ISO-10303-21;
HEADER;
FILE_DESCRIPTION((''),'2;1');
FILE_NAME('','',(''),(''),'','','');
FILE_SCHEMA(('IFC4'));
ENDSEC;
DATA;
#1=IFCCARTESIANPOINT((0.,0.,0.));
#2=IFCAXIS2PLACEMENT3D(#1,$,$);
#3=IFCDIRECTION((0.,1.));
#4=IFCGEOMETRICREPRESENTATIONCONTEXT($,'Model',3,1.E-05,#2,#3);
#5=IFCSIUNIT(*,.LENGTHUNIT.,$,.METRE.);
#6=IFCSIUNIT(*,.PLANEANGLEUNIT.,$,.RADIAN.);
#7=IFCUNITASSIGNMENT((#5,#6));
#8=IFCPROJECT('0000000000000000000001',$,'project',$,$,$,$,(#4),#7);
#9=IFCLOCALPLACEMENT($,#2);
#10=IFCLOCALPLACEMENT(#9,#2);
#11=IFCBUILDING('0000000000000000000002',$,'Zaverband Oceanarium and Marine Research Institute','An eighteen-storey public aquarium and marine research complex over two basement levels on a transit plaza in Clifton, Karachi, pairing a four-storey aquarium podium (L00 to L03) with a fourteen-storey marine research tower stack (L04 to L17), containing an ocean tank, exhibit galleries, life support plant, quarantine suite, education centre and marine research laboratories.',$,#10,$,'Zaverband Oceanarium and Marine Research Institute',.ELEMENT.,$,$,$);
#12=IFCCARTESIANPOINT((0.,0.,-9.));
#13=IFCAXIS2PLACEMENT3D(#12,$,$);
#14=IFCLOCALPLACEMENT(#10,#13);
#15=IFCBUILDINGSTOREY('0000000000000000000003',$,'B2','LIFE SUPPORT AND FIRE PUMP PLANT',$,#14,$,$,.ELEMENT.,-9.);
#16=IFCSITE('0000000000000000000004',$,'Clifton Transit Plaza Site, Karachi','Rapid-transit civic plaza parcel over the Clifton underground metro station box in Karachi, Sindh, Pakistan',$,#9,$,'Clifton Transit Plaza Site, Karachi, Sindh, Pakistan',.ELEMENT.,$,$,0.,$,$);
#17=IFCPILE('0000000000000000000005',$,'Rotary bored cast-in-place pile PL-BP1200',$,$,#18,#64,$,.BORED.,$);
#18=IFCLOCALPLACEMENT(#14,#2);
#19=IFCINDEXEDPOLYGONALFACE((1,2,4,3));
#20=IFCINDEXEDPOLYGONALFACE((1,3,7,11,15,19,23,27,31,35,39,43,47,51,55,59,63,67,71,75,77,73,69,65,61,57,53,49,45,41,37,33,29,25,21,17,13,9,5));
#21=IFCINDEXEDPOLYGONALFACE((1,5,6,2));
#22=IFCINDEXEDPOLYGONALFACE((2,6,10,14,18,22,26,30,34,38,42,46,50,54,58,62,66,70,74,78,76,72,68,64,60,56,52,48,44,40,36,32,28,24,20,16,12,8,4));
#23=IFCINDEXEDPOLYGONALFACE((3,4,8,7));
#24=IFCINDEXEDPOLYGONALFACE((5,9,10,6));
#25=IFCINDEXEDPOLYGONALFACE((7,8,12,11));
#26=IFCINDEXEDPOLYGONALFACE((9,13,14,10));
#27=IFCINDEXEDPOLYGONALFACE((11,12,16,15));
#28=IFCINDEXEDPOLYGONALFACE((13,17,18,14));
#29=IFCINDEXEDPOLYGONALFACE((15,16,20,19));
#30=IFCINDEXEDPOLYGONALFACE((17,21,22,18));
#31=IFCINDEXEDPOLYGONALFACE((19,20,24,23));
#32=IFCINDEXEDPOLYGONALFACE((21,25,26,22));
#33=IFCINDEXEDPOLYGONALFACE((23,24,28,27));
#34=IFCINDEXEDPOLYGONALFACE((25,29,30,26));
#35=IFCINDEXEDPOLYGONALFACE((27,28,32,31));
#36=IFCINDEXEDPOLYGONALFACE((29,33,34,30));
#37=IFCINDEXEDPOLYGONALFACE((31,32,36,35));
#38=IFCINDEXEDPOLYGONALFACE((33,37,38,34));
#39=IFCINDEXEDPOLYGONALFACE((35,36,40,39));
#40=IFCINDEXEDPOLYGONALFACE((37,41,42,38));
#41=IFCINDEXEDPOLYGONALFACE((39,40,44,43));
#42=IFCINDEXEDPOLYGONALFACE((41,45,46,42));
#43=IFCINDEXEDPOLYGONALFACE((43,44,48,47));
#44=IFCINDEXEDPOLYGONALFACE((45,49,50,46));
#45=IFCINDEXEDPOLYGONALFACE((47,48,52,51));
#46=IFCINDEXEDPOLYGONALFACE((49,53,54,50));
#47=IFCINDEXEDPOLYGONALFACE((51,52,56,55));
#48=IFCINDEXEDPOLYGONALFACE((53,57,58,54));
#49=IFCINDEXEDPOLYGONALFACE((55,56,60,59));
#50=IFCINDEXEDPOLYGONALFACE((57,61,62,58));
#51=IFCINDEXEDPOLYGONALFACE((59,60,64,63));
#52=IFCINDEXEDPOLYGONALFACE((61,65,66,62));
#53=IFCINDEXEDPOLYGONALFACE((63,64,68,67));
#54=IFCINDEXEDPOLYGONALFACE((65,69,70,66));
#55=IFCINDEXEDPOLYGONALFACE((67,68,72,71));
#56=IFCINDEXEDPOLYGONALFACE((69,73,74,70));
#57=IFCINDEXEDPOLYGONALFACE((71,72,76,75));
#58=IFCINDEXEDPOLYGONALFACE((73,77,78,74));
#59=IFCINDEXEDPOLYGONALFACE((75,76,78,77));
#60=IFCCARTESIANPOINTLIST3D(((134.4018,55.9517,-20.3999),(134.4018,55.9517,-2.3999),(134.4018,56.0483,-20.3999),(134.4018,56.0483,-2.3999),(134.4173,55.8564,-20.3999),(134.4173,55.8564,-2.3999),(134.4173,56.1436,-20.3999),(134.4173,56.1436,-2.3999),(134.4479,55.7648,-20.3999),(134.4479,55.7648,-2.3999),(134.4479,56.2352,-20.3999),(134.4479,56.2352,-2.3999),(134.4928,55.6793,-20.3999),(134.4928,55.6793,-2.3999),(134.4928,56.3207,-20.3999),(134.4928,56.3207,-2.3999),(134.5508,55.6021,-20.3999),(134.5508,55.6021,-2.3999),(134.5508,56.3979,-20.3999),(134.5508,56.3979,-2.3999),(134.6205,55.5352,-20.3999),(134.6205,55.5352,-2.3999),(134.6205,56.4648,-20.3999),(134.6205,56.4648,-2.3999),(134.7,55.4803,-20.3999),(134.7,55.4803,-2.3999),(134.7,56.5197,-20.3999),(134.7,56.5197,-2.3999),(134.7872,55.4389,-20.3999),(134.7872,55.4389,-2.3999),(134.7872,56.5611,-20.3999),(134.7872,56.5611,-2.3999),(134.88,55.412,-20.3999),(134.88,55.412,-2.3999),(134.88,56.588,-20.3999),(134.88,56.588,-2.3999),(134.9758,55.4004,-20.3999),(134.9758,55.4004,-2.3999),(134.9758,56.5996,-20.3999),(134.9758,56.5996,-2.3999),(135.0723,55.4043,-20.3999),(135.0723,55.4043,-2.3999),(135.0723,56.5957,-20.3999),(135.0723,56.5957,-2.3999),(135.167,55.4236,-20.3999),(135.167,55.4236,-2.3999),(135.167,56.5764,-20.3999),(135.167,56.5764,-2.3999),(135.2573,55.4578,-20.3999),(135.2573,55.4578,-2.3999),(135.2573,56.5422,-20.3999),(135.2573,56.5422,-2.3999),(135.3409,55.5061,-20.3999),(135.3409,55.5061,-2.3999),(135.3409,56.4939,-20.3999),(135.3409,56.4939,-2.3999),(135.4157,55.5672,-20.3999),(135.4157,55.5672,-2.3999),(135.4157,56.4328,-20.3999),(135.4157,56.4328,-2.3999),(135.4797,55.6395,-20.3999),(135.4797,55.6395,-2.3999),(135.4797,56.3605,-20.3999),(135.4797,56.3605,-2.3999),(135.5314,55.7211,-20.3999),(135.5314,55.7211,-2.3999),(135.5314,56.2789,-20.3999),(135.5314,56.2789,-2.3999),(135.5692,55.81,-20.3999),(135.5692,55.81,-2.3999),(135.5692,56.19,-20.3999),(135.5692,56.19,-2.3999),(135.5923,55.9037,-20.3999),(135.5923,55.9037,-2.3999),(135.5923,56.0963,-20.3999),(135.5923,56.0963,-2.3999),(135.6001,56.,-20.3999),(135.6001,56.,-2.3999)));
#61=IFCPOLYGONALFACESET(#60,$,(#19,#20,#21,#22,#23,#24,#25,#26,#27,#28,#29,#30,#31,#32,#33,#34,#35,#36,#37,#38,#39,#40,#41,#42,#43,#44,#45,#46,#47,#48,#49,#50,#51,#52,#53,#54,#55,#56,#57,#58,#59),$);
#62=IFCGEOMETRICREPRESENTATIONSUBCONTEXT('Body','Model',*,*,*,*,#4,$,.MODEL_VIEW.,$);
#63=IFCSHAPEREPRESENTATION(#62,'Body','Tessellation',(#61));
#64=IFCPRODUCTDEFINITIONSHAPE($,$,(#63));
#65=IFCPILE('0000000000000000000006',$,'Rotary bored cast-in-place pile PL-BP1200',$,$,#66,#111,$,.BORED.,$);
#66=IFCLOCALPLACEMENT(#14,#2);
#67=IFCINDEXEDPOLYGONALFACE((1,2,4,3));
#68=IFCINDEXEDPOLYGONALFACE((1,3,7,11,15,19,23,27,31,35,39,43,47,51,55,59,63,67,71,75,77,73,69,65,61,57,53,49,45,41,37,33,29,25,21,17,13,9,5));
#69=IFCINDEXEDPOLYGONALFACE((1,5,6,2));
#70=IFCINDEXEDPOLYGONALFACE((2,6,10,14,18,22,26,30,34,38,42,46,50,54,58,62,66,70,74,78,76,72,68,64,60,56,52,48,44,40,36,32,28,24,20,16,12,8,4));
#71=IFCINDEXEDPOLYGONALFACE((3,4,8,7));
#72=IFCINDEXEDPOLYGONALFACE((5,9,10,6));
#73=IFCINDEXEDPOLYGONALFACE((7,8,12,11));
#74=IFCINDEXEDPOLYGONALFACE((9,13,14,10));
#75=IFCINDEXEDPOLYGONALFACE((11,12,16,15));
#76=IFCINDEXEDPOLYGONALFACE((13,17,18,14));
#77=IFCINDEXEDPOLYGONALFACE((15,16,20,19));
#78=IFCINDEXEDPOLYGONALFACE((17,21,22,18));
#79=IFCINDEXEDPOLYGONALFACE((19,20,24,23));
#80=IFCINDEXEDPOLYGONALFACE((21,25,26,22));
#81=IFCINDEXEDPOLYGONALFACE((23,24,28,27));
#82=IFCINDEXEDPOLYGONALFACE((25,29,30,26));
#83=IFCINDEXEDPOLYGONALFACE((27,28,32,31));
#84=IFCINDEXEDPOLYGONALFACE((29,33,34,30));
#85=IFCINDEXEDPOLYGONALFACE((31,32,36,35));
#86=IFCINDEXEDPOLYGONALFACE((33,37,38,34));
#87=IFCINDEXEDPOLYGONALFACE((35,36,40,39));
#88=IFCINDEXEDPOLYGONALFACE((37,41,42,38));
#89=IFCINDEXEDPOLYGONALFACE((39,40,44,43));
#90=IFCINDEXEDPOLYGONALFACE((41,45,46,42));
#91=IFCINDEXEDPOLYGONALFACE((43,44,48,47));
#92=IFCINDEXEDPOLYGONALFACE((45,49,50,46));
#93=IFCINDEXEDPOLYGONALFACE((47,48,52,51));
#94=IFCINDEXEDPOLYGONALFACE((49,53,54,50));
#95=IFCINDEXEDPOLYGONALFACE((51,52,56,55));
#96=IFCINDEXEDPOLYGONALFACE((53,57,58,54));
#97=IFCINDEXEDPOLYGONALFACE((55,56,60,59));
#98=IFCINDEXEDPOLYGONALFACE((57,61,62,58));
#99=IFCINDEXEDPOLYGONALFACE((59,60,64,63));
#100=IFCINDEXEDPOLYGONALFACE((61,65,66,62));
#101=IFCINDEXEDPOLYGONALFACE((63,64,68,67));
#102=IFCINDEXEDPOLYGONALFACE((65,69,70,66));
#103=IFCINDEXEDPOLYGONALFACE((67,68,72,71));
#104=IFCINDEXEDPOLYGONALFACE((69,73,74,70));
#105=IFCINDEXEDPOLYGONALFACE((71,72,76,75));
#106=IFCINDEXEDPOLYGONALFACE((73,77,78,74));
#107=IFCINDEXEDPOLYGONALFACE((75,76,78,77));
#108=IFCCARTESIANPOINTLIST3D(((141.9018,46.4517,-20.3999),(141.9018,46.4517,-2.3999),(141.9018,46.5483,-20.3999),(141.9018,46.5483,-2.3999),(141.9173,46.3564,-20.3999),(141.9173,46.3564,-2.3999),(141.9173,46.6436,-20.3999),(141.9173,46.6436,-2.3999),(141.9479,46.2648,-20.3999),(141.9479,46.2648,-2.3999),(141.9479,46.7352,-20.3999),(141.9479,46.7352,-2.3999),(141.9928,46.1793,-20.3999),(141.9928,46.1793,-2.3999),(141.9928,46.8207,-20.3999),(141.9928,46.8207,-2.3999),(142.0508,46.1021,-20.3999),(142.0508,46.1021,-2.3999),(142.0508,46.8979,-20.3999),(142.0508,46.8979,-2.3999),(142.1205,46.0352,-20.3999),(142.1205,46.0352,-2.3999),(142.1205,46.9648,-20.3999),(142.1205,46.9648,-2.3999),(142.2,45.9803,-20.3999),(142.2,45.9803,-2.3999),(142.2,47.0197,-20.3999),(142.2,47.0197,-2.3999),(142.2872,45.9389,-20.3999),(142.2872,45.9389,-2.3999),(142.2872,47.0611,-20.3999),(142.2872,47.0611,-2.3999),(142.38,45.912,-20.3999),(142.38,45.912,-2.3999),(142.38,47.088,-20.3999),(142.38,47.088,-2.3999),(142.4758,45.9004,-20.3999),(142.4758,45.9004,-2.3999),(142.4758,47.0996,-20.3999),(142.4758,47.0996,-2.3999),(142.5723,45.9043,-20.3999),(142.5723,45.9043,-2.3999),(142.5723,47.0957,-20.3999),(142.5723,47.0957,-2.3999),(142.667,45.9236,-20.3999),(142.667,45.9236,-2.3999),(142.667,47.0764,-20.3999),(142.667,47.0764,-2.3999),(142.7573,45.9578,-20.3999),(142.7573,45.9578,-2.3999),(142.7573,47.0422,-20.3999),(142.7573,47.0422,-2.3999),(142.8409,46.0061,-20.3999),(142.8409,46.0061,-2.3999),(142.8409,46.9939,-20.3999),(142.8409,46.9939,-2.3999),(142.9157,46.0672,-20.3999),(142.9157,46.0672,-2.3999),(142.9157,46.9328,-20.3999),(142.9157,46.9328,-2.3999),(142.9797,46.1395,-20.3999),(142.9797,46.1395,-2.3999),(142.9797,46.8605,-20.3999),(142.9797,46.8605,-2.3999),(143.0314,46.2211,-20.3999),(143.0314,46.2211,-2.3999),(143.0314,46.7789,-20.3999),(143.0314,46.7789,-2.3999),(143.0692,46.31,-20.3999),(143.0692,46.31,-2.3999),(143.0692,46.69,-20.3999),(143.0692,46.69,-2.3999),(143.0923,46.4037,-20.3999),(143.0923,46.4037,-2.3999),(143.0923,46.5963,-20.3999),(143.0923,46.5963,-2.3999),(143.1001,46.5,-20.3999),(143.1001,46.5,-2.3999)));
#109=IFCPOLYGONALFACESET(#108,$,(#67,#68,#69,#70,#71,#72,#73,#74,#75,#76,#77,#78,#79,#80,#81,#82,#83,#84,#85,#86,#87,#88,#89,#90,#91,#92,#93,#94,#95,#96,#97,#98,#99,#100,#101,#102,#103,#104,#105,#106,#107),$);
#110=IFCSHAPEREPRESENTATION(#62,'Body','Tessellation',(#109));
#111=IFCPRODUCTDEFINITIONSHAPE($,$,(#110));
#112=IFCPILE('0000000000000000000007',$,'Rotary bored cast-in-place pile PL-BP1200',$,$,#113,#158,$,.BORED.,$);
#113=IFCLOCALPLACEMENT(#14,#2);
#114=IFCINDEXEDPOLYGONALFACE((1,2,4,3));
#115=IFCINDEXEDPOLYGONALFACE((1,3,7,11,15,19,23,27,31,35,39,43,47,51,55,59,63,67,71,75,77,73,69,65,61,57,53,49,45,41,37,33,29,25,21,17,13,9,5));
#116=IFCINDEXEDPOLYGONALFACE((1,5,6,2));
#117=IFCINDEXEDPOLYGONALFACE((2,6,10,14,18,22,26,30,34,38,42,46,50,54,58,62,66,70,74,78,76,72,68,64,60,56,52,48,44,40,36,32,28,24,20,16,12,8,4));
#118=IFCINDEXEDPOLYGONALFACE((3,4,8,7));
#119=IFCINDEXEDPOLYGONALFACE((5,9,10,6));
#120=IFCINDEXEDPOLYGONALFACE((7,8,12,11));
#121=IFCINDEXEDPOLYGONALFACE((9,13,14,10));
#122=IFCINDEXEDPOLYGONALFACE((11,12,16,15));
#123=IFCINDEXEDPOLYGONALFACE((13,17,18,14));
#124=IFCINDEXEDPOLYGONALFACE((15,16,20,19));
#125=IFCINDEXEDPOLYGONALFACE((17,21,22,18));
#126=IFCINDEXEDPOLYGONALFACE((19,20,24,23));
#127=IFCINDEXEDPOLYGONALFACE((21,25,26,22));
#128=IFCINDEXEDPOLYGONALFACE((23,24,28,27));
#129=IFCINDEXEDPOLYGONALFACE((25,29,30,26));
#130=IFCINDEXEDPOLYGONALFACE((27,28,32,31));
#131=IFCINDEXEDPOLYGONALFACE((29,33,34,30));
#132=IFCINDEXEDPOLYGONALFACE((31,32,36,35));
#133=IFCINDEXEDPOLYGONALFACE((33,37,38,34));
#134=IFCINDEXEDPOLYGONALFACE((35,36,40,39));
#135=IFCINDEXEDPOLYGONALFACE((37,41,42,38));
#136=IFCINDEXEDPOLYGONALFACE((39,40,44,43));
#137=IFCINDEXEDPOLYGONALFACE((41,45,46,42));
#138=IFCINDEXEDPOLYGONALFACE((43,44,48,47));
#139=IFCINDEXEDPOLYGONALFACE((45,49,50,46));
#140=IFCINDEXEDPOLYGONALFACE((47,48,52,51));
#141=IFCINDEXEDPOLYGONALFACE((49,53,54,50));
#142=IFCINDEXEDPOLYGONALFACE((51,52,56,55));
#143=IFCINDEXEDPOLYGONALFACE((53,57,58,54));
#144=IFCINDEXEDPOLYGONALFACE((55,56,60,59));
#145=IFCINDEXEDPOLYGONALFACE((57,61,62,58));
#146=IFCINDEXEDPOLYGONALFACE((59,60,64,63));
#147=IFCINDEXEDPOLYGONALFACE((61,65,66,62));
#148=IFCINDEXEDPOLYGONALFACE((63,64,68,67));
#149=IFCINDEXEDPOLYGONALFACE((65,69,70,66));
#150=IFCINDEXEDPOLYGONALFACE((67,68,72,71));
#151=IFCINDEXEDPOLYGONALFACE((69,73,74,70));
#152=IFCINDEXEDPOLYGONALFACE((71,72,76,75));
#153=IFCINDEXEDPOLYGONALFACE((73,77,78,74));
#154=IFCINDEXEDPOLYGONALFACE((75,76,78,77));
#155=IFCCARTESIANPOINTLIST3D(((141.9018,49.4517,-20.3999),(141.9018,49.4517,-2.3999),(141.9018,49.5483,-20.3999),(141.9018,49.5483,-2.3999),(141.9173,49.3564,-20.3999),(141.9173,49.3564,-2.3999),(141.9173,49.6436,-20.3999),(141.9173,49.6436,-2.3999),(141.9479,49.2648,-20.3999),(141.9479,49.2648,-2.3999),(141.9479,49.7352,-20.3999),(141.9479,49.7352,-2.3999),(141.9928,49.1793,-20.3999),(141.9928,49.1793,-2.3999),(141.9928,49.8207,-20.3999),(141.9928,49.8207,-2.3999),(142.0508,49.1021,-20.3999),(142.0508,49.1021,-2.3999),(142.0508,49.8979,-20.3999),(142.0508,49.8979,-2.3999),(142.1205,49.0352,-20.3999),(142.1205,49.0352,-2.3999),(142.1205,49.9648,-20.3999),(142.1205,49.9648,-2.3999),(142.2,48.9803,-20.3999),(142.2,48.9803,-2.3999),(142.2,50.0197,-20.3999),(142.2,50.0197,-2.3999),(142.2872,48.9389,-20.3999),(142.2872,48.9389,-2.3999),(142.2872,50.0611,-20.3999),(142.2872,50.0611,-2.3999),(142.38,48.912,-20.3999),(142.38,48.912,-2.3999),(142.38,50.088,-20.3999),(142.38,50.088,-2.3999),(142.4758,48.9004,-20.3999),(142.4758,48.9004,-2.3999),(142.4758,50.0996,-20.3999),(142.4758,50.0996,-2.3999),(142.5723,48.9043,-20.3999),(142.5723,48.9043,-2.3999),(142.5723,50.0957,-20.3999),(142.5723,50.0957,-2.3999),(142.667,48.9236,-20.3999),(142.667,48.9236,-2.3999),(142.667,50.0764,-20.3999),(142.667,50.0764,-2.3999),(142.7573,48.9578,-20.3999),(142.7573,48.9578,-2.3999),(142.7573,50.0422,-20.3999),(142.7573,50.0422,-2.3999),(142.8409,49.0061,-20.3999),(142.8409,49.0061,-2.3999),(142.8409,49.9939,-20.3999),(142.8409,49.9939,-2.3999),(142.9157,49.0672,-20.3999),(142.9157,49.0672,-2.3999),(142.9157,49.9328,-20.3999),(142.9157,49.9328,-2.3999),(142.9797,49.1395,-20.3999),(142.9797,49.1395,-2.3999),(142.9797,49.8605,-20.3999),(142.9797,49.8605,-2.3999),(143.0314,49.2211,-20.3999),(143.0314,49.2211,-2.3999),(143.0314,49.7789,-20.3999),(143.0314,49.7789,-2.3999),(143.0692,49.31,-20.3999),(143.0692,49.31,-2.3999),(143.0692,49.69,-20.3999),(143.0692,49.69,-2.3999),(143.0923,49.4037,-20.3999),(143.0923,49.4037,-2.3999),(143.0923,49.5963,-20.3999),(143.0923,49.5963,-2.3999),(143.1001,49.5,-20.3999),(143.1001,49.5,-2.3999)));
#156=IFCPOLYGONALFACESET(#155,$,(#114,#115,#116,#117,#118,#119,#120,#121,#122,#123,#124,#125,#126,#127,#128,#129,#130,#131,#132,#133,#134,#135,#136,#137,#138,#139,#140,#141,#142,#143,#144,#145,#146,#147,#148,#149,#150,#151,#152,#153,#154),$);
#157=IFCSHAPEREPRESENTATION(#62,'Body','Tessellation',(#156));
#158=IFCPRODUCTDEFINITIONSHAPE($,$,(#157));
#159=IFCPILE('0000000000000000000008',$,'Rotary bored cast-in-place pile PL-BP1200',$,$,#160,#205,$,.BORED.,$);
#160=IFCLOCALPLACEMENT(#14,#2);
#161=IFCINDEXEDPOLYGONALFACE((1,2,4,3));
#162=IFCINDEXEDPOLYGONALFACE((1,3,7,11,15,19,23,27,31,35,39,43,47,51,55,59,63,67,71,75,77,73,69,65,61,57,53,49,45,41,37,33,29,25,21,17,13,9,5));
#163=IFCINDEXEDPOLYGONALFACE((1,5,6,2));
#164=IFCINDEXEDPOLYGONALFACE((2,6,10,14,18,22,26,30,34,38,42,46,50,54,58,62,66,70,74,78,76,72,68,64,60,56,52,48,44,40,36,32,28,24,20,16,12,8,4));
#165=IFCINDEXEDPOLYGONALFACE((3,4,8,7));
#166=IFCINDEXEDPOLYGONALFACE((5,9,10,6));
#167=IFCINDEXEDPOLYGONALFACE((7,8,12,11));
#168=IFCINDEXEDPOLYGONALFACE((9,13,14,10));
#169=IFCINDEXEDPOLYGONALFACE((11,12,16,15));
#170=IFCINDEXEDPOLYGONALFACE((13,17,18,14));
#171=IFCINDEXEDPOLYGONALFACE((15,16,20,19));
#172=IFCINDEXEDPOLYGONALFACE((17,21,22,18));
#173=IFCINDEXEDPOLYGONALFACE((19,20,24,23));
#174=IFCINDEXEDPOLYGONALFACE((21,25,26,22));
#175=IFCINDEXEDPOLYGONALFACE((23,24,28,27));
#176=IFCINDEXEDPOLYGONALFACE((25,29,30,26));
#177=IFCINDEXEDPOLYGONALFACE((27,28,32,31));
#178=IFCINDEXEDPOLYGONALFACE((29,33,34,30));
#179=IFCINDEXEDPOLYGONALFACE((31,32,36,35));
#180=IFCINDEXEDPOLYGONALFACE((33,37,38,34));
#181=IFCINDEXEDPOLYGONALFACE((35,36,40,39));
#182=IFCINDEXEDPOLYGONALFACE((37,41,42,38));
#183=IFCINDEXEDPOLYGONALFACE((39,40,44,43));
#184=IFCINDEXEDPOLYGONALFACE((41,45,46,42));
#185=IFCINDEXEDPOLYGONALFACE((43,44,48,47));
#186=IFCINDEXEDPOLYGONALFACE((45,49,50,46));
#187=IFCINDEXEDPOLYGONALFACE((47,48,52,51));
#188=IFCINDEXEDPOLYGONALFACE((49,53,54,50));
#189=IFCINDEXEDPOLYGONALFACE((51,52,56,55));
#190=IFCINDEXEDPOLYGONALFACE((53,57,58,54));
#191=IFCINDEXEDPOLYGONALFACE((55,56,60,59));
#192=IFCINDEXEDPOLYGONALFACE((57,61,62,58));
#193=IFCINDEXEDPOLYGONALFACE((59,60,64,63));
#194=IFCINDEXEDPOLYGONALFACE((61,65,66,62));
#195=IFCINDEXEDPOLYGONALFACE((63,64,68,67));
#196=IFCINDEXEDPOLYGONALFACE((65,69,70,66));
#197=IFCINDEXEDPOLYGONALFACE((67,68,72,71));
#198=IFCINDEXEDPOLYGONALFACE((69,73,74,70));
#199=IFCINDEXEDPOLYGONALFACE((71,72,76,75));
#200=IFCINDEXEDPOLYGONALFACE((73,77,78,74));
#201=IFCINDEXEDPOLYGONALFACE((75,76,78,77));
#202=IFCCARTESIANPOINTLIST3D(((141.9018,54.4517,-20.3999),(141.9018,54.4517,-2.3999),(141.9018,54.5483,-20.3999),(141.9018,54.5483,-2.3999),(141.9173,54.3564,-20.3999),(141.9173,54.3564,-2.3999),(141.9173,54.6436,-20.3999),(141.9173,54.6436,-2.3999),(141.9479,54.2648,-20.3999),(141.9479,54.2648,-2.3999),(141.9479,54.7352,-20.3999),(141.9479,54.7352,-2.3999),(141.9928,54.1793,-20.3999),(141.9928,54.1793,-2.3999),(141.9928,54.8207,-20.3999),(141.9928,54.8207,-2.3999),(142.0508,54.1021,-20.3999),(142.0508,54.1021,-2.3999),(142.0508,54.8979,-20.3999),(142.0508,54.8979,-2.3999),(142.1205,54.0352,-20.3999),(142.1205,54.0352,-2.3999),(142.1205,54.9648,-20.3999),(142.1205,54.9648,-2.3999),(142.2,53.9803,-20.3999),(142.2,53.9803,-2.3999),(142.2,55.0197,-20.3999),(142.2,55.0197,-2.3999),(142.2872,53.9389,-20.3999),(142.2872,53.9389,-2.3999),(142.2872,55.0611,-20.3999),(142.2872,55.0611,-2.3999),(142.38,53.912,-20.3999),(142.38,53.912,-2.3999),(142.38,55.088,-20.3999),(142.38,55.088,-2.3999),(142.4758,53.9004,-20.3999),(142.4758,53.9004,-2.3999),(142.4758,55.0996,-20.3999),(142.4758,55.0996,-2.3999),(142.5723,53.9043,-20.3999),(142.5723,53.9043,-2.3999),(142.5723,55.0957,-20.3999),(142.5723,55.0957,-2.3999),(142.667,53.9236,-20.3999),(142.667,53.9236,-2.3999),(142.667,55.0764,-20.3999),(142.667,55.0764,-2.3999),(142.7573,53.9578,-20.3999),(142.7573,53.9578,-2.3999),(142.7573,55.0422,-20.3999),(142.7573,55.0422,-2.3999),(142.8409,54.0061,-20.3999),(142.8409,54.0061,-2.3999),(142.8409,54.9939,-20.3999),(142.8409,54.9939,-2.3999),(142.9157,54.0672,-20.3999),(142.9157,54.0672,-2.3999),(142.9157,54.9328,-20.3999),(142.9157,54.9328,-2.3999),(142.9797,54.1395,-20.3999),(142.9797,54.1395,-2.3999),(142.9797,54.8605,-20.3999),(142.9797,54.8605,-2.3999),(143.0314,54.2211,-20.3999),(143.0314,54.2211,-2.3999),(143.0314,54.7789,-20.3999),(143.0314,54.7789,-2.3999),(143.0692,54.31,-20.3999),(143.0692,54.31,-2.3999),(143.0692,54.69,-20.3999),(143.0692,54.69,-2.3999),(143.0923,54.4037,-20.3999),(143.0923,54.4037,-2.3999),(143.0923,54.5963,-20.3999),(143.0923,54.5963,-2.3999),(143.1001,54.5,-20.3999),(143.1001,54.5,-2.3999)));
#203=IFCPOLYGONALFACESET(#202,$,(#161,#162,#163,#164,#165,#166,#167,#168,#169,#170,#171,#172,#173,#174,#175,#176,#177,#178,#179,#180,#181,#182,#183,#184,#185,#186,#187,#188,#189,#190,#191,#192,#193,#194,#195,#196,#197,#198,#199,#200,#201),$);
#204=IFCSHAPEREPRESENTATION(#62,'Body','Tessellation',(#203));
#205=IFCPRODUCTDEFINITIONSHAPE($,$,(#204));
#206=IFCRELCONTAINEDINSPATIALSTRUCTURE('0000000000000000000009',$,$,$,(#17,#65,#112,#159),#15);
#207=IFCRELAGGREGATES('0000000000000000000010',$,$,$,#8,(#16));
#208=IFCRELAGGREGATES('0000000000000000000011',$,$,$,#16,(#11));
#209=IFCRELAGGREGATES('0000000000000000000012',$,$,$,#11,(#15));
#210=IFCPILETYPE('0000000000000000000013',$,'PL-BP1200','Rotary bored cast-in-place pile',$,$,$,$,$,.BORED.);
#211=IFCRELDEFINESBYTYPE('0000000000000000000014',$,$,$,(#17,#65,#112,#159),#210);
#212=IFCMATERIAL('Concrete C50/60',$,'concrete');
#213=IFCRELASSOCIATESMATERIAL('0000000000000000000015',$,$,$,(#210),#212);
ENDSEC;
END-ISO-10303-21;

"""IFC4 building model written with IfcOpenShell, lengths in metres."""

from ifc_helpers import new_model, si_unit, direction, frame, origin, origin_2d, place, context, subcontext, project, spatial, circle, extrude, material, material_profile, profile_set, type_object, element, save


model = new_model("IFC4")

# Units and contexts
model_context = context("Model", 3, precision=1e-05, world=origin(), true_north=direction((0.0, 1.0)))
body_context = subcontext(model_context, "Body", "Model", "MODEL_VIEW")
ifc_project = project(units=[si_unit("LENGTHUNIT", "METRE"), si_unit("PLANEANGLEUNIT", "RADIAN")], contexts=[model_context])

# Site, building, storey
site_placement = place(None, origin())
site = spatial("IfcSite", under=ifc_project, at=site_placement, Name="Clifton Transit Plaza Site, Karachi", Description="Rapid-transit civic plaza parcel over the Clifton underground metro station box in Karachi, Sindh, Pakistan", LongName="Clifton Transit Plaza Site, Karachi, Sindh, Pakistan", CompositionType="ELEMENT", RefElevation=0.0)
building_placement = place(site_placement, origin())
building = spatial("IfcBuilding", under=site, at=building_placement, Name="Zaverband Oceanarium and Marine Research Institute", Description="An eighteen-storey public aquarium and marine research complex over two basement levels on a transit plaza in Clifton, Karachi, pairing a four-storey aquarium podium (L00 to L03) with a fourteen-storey marine research tower stack (L04 to L17), containing an ocean tank, exhibit galleries, life support plant, quarantine suite, education centre and marine research laboratories.", LongName="Zaverband Oceanarium and Marine Research Institute", CompositionType="ELEMENT")
storey_placement = place(building_placement, frame((0.0, 0.0, -9.0)))
storey = spatial("IfcBuildingStorey", under=building, at=storey_placement, Name="B2", Description="LIFE SUPPORT AND FIRE PUMP PLANT", CompositionType="ELEMENT", Elevation=-9.0)

# Shared definitions
ifc_material_1 = material(Name="Concrete C50/60", Category="concrete")

# Piles
ifc_material_profile_1 = material_profile(ifc_material_1, circle(Radius=0.6001, at=origin_2d()), Name="BP1200")
ifc_profile_set_1 = profile_set([ifc_material_profile_1], Name="Concrete C50/60")
pile_type = type_object("IfcPileType", Name="PL-BP1200", Description="Rotary bored cast-in-place pile", PredefinedType="BORED", material=ifc_profile_set_1)
for number, where, z_axis, x_axis, name in (
    (1, (135.0, 56.0, -2.3999), (0.0, 0.0, -1.0), (1.0, 0.0, 0.0), "Rotary bored cast-in-place pile PL-BP1200"),
    (2, (142.5, 46.5, -2.3999), (0.0, 0.0, -1.0), (1.0, 0.0, 0.0), "Rotary bored cast-in-place pile PL-BP1200"),
    (3, (142.5, 49.5, -2.3999), (0.0, 0.0, -1.0), (1.0, 0.0, 0.0), "Rotary bored cast-in-place pile PL-BP1200"),
    (4, (142.5, 54.5, -2.3999), (0.0, 0.0, -1.0), (1.0, 0.0, 0.0), "Rotary bored cast-in-place pile PL-BP1200"),
):
    element("IfcPile", number, at=place(storey_placement, frame(where, z_axis=z_axis, x_axis=x_axis)), inside=storey, type_object=pile_type, Name=name, PredefinedType="BORED", context=body_context, shape_type="SweptSolid", body=[
        extrude(circle(Radius=0.6001, at=origin_2d()), origin(), (0.0, 0.0, 1.0), 18.0),
    ])

save(model, "model.ifc")
